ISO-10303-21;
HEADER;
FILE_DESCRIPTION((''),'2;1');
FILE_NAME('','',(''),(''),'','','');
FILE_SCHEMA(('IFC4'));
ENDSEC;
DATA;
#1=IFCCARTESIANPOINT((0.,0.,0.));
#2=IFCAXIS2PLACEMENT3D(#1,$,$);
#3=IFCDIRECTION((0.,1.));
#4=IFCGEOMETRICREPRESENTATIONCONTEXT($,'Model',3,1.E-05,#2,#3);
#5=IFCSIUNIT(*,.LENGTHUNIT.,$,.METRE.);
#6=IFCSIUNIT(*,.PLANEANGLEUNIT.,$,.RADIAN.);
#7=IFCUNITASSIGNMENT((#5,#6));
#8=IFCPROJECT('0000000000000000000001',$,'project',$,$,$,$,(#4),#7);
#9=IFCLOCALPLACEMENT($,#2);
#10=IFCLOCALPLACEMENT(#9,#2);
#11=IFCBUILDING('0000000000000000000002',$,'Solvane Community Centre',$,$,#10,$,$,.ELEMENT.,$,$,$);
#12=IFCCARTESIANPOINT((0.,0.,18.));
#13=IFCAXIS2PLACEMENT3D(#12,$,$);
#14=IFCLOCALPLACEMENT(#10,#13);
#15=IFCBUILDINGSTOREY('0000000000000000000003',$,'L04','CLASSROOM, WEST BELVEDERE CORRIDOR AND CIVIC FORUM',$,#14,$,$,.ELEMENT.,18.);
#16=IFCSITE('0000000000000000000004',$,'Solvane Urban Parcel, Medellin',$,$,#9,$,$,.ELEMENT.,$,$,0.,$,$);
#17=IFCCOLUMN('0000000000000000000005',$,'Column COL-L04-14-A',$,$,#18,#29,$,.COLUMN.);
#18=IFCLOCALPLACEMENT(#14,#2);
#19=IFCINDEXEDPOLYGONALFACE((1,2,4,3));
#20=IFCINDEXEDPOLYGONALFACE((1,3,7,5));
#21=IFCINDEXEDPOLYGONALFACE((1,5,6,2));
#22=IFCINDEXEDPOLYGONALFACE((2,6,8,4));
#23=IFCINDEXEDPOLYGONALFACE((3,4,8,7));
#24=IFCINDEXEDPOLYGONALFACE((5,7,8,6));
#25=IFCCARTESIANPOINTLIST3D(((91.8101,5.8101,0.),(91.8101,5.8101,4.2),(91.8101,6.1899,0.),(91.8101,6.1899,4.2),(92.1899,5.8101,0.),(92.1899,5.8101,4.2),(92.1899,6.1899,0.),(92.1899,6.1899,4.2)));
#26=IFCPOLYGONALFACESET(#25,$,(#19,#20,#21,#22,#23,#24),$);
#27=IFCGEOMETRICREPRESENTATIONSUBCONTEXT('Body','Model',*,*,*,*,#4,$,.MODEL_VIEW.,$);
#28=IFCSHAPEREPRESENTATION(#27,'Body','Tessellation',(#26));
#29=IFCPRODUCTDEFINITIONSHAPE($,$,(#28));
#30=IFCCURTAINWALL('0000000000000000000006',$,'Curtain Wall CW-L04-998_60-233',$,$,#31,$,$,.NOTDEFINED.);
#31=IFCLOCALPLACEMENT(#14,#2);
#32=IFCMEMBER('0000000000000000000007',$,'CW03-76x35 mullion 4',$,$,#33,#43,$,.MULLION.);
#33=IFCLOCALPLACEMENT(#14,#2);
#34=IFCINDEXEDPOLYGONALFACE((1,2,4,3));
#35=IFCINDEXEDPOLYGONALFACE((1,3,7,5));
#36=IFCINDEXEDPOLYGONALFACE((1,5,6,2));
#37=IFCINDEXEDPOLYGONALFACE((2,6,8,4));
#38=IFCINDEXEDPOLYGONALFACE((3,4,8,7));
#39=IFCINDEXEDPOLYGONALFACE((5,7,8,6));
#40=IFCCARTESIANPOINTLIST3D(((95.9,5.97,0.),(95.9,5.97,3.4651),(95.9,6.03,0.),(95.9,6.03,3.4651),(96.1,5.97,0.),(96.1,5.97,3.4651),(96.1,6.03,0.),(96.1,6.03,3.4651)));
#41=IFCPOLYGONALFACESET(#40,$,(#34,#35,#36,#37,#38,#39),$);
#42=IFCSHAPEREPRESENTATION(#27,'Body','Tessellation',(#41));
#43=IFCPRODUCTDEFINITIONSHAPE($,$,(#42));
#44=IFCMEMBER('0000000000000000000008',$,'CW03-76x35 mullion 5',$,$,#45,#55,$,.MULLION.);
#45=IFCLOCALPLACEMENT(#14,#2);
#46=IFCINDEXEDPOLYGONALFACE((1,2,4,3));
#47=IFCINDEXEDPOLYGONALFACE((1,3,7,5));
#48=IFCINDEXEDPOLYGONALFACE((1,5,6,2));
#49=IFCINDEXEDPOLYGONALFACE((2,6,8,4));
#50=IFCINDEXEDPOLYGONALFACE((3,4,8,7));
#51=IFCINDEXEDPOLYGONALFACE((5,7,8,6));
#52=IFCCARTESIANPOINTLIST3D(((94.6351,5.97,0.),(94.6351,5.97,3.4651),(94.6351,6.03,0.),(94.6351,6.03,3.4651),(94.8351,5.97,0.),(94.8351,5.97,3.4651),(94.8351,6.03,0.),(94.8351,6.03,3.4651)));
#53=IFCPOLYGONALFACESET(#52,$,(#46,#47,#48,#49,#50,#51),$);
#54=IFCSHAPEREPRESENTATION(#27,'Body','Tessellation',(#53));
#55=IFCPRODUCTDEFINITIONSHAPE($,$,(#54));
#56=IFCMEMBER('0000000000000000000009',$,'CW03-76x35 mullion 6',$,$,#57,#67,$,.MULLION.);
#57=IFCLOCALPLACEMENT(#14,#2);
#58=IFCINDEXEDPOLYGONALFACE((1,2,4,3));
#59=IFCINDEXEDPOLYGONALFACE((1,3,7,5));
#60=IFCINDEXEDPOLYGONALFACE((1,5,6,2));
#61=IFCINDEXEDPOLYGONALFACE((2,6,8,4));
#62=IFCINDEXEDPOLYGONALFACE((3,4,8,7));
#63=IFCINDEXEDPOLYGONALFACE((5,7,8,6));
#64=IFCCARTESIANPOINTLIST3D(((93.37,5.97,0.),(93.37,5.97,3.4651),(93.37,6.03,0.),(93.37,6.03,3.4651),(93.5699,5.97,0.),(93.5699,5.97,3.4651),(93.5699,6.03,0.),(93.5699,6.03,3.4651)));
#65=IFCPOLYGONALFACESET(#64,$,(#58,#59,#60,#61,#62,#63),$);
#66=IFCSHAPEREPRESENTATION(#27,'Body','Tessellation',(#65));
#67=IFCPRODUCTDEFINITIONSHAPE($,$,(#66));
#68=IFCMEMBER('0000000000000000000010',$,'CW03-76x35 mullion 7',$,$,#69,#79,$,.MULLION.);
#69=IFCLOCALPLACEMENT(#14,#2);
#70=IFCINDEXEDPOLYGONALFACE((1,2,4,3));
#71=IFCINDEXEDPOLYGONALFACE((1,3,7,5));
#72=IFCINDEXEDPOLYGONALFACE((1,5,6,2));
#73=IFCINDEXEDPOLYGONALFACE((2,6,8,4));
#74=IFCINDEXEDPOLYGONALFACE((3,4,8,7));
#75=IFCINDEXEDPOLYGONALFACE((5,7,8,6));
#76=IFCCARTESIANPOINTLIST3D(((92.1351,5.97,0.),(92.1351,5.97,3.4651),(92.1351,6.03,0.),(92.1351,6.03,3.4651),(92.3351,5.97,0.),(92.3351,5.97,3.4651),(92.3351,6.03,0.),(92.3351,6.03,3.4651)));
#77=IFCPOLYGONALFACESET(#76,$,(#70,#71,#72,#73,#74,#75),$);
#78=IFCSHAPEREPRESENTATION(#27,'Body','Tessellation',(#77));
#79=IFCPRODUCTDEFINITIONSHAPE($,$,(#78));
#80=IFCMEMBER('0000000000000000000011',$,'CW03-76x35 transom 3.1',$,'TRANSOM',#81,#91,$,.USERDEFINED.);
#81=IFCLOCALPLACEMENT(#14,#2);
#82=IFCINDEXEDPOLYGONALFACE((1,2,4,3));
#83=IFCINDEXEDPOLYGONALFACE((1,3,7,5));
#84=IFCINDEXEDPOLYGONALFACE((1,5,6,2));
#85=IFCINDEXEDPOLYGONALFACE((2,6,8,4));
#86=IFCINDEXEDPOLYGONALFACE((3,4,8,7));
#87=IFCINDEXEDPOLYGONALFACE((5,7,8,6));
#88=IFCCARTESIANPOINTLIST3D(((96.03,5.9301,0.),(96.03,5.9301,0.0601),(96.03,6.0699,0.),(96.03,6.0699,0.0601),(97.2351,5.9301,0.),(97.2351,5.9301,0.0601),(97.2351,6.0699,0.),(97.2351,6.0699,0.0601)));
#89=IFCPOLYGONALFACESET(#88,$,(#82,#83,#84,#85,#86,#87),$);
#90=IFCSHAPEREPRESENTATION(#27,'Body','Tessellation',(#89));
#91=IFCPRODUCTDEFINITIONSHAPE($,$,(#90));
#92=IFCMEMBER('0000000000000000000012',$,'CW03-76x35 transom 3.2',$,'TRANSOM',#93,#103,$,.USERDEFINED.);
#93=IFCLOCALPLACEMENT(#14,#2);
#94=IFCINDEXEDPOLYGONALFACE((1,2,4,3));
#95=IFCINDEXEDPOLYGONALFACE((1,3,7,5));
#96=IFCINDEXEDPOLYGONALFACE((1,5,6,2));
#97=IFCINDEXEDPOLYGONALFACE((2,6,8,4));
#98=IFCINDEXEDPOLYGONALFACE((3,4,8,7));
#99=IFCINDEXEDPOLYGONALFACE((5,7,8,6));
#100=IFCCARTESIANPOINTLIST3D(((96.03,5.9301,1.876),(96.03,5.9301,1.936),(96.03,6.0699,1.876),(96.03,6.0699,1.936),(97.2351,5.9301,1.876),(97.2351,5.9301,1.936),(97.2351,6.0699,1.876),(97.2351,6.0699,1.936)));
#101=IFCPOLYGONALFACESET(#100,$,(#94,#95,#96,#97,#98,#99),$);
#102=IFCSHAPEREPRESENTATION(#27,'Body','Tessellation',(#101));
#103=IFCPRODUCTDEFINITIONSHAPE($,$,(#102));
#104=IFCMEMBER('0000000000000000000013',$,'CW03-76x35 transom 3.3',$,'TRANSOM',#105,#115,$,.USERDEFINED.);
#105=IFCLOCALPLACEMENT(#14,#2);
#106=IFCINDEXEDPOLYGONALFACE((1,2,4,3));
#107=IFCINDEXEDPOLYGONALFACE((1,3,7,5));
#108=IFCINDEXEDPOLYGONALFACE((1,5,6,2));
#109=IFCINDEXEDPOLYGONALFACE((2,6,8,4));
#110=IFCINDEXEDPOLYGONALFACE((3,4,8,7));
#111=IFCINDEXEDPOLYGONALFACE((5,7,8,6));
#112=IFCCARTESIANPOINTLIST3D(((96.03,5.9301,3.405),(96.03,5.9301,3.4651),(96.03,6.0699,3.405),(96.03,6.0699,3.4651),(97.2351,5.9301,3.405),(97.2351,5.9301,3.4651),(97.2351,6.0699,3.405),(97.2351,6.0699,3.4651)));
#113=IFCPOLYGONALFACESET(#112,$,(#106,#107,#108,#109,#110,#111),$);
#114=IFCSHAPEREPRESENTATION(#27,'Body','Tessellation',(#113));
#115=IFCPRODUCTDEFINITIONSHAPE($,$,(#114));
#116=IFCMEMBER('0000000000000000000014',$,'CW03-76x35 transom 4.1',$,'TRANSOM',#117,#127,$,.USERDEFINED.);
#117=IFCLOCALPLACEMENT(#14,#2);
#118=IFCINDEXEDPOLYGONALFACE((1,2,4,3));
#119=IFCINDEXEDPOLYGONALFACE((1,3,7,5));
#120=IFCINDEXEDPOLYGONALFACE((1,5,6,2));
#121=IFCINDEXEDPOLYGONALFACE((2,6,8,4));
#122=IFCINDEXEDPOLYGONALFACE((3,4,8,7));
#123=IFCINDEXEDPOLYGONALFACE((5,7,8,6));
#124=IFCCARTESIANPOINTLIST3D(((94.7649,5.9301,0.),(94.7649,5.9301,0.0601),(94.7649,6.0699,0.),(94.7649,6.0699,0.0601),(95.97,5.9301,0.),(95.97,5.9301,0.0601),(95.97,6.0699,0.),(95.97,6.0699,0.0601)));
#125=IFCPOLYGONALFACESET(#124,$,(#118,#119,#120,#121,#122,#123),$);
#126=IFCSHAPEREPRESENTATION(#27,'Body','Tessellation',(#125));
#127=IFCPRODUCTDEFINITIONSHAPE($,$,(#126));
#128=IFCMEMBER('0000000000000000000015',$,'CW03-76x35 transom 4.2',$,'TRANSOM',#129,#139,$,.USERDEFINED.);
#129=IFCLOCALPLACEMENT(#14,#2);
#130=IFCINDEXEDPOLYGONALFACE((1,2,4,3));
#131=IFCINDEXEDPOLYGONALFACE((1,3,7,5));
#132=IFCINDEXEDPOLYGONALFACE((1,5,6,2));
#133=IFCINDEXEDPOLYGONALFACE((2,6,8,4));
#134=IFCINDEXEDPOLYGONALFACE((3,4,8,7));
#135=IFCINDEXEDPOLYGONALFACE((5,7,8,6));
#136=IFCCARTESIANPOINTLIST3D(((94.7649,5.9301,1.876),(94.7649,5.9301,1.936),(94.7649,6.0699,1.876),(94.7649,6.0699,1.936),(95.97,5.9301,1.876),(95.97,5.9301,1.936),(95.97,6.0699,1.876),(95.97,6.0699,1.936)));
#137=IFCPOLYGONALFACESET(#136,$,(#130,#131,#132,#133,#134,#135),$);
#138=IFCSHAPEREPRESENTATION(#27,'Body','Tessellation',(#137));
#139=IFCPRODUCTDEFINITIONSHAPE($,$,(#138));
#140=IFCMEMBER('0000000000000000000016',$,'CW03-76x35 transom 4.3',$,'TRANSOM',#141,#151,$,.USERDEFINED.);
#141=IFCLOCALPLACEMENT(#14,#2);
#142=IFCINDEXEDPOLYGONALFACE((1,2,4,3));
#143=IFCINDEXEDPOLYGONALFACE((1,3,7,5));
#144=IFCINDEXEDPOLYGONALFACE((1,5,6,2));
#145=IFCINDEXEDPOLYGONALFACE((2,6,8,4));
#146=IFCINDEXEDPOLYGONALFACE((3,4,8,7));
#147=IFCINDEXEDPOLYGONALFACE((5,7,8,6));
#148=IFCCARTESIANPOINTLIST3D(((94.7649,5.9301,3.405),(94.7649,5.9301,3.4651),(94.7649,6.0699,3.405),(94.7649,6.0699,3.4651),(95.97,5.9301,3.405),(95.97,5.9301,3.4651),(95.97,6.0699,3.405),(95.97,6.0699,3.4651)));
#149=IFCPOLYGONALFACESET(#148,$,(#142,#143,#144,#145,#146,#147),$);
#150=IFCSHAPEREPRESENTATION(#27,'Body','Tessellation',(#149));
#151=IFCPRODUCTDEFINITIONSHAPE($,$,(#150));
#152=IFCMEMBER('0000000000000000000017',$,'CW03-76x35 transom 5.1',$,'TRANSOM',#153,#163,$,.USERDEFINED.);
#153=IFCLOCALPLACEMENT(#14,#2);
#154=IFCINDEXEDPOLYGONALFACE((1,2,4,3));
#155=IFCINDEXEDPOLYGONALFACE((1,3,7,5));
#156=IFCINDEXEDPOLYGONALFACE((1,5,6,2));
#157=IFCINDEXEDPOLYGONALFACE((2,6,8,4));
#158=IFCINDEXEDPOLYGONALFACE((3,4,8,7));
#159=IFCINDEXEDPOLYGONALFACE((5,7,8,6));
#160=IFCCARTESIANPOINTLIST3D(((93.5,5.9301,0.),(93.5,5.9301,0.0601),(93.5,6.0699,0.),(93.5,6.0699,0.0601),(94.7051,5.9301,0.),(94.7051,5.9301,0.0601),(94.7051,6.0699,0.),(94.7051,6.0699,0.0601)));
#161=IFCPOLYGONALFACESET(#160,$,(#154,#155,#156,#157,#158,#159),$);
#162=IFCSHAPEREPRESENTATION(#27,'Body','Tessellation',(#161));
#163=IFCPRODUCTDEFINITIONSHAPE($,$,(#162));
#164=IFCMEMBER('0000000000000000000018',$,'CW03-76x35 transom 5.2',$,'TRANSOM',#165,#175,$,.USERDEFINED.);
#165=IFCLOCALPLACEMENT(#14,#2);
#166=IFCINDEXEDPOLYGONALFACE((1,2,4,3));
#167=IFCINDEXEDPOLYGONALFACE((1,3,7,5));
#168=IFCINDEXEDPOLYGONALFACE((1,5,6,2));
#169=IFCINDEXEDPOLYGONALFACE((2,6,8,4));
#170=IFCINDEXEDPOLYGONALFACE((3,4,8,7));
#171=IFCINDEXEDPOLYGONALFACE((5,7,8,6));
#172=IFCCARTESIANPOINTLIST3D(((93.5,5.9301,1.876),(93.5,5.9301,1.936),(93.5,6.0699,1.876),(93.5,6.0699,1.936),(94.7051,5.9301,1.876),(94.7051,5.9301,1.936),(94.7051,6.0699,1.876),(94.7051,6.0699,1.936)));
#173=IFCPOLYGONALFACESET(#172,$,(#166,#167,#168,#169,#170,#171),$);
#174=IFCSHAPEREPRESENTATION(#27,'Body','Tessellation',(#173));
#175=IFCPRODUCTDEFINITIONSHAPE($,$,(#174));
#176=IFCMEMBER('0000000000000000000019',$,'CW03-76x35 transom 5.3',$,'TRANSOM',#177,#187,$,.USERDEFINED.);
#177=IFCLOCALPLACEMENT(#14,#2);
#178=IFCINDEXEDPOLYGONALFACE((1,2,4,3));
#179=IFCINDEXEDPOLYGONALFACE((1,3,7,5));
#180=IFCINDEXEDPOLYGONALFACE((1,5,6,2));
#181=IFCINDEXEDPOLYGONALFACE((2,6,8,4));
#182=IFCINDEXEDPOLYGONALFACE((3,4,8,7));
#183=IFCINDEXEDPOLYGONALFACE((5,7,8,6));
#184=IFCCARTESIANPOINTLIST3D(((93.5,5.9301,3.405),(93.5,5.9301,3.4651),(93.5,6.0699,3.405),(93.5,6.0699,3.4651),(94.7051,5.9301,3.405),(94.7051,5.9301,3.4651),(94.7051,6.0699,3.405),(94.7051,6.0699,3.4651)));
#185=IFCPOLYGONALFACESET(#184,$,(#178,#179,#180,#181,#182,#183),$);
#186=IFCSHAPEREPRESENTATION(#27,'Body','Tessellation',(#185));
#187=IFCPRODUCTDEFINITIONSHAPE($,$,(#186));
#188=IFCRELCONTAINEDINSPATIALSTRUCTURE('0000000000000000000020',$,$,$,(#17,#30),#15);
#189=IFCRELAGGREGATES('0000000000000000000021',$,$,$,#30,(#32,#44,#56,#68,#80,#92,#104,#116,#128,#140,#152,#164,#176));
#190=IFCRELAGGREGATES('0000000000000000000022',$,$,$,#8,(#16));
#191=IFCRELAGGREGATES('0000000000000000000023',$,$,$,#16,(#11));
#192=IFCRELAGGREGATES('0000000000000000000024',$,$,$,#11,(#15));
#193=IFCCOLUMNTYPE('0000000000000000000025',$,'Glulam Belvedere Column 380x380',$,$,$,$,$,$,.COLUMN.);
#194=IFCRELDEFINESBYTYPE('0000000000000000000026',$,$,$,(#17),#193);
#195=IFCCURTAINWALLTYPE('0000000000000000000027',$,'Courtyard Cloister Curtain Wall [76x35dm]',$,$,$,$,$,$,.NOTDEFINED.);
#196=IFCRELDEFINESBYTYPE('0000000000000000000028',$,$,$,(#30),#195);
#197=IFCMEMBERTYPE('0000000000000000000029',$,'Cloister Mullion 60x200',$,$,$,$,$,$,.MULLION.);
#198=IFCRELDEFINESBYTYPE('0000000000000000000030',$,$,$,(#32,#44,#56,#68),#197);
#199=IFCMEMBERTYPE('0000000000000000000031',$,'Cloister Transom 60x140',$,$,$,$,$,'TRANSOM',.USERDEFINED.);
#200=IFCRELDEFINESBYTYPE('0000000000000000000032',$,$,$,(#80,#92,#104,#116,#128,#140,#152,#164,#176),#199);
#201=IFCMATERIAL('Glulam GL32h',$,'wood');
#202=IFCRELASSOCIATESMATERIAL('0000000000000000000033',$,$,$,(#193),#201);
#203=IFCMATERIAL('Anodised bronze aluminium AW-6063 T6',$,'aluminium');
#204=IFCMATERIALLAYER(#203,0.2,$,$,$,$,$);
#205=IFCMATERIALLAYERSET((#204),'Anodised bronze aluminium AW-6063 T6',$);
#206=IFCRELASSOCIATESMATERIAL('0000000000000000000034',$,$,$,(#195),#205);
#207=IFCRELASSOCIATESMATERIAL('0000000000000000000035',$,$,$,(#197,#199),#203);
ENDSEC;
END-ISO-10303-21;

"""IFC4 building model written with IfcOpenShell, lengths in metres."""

from ifc_helpers import new_model, si_unit, direction, frame, origin, origin_2d, place, context, subcontext, project, spatial, rectangle, extrude, material, layer, layer_set, material_profile, profile_set, type_object, element, aggregate, save


model = new_model("IFC4")

# Units and contexts
model_context = context("Model", 3, precision=1e-05, world=origin(), true_north=direction((0.0, 1.0)))
body_context = subcontext(model_context, "Body", "Model", "MODEL_VIEW")
ifc_project = project(units=[si_unit("LENGTHUNIT", "METRE"), si_unit("PLANEANGLEUNIT", "RADIAN")], contexts=[model_context])

# Site, building, storey
site_placement = place(None, origin())
site = spatial("IfcSite", under=ifc_project, at=site_placement, Name="Solvane Urban Parcel, Medellin", CompositionType="ELEMENT", RefElevation=0.0)
building_placement = place(site_placement, origin())
building = spatial("IfcBuilding", under=site, at=building_placement, Name="Solvane Community Centre", CompositionType="ELEMENT")
storey_placement = place(building_placement, frame((0.0, 0.0, 18.0)))
storey = spatial("IfcBuildingStorey", under=building, at=storey_placement, Name="L04", Description="CLASSROOM, WEST BELVEDERE CORRIDOR AND CIVIC FORUM", CompositionType="ELEMENT", Elevation=18.0)

# Column
ifc_material_1 = material(Name="Glulam GL32h", Category="wood")
ifc_material_profile_1 = material_profile(ifc_material_1, rectangle(XDim=0.3799, YDim=0.3799, at=origin_2d()), Name="GL32h 380x380")
ifc_profile_set_1 = profile_set([ifc_material_profile_1], Name="Glulam GL32h")
column_type = type_object("IfcColumnType", Name="Glulam Belvedere Column 380x380", PredefinedType="COLUMN", material=ifc_profile_set_1)
column_placement = place(storey_placement, frame((92.0, 6.0, 0.0), z_axis=(0.0, 0.0, 1.0), x_axis=(1.0, 0.0, 0.0)))
element("IfcColumn", 1, at=column_placement, inside=storey, type_object=column_type, Name="Column COL-L04-14-A", PredefinedType="COLUMN", context=body_context, shape_type="SweptSolid", body=[
    extrude(rectangle(XDim=0.3799, YDim=0.3799, at=origin_2d()), origin(), (0.0, 0.0, 1.0), 4.2),
])

# Curtain wall, members
ifc_material_2 = material(Name="Anodised bronze aluminium AW-6063 T6", Category="aluminium")
ifc_layer_1 = layer(ifc_material_2, 0.2)
ifc_layer_set_1 = layer_set([ifc_layer_1], Name="Anodised bronze aluminium AW-6063 T6")
curtain_wall_type = type_object("IfcCurtainWallType", Name="Courtyard Cloister Curtain Wall [76x35dm]", PredefinedType="NOTDEFINED", material=ifc_layer_set_1)
curtain_wall_placement = place(storey_placement, origin())
curtain_wall = element("IfcCurtainWall", 2, at=curtain_wall_placement, inside=storey, type_object=curtain_wall_type, Name="Curtain Wall CW-L04-998_60-233", PredefinedType="NOTDEFINED")
ifc_material_profile_2 = material_profile(ifc_material_2, rectangle(XDim=0.0601, YDim=0.2, at=origin_2d()), Name="CW-M 60x200")
ifc_profile_set_2 = profile_set([ifc_material_profile_2], Name="Anodised bronze aluminium AW-6063 T6")
member_type_1 = type_object("IfcMemberType", Name="Cloister Mullion 60x200", PredefinedType="MULLION", material=ifc_profile_set_2)
member_1_placement = place(storey_placement, frame((96.0, 6.0, 0.0), z_axis=(0.0, 0.0, 1.0), x_axis=(0.0, -1.0, 0.0)))
member_1 = element("IfcMember", 3, at=member_1_placement, type_object=member_type_1, Name="CW03-76x35 mullion 4", PredefinedType="MULLION", context=body_context, shape_type="SweptSolid", body=[
    extrude(rectangle(XDim=0.0601, YDim=0.2, at=origin_2d()), origin(), (0.0, 0.0, 1.0), 3.4651),
])
member_2_placement = place(storey_placement, frame((94.7351, 6.0, 0.0), z_axis=(0.0, 0.0, 1.0), x_axis=(0.0, -1.0, 0.0)))
member_2 = element("IfcMember", 4, at=member_2_placement, type_object=member_type_1, Name="CW03-76x35 mullion 5", PredefinedType="MULLION", context=body_context, shape_type="SweptSolid", body=[
    extrude(rectangle(XDim=0.0601, YDim=0.2, at=origin_2d()), origin(), (0.0, 0.0, 1.0), 3.4651),
])
member_3_placement = place(storey_placement, frame((93.47, 6.0, 0.0), z_axis=(0.0, 0.0, 1.0), x_axis=(0.0, -1.0, 0.0)))
member_3 = element("IfcMember", 5, at=member_3_placement, type_object=member_type_1, Name="CW03-76x35 mullion 6", PredefinedType="MULLION", context=body_context, shape_type="SweptSolid", body=[
    extrude(rectangle(XDim=0.0601, YDim=0.2, at=origin_2d()), origin(), (0.0, 0.0, 1.0), 3.4651),
])
member_4_placement = place(storey_placement, frame((92.2351, 6.0, 0.0), z_axis=(0.0, 0.0, 1.0), x_axis=(0.0, -1.0, 0.0)))
member_4 = element("IfcMember", 6, at=member_4_placement, type_object=member_type_1, Name="CW03-76x35 mullion 7", PredefinedType="MULLION", context=body_context, shape_type="SweptSolid", body=[
    extrude(rectangle(XDim=0.0601, YDim=0.2, at=origin_2d()), origin(), (0.0, 0.0, 1.0), 3.4651),
])
ifc_material_profile_3 = material_profile(ifc_material_2, rectangle(XDim=0.1399, YDim=0.0601, at=origin_2d()), Name="CW-T 60x140")
ifc_profile_set_3 = profile_set([ifc_material_profile_3], Name="Anodised bronze aluminium AW-6063 T6")
member_type_2 = type_object("IfcMemberType", Name="Cloister Transom 60x140", ElementType="TRANSOM", PredefinedType="USERDEFINED", material=ifc_profile_set_3)
member_5_placement = place(storey_placement, frame((97.2351, 6.0, 0.03), z_axis=(-1.0, 0.0, 0.0), x_axis=(0.0, -1.0, 0.0)))
member_5 = element("IfcMember", 7, at=member_5_placement, type_object=member_type_2, Name="CW03-76x35 transom 3.1", ObjectType="TRANSOM", PredefinedType="USERDEFINED", context=body_context, shape_type="SweptSolid", body=[
    extrude(rectangle(XDim=0.1399, YDim=0.0601, at=origin_2d()), origin(), (0.0, 0.0, 1.0), 1.2051),
])
member_6_placement = place(storey_placement, frame((97.2351, 6.0, 1.906), z_axis=(-1.0, 0.0, 0.0), x_axis=(0.0, -1.0, 0.0)))
member_6 = element("IfcMember", 8, at=member_6_placement, type_object=member_type_2, Name="CW03-76x35 transom 3.2", ObjectType="TRANSOM", PredefinedType="USERDEFINED", context=body_context, shape_type="SweptSolid", body=[
    extrude(rectangle(XDim=0.1399, YDim=0.0601, at=origin_2d()), origin(), (0.0, 0.0, 1.0), 1.2051),
])
member_7_placement = place(storey_placement, frame((97.2351, 6.0, 3.4351), z_axis=(-1.0, 0.0, 0.0), x_axis=(0.0, -1.0, 0.0)))
member_7 = element("IfcMember", 9, at=member_7_placement, type_object=member_type_2, Name="CW03-76x35 transom 3.3", ObjectType="TRANSOM", PredefinedType="USERDEFINED", context=body_context, shape_type="SweptSolid", body=[
    extrude(rectangle(XDim=0.1399, YDim=0.0601, at=origin_2d()), origin(), (0.0, 0.0, 1.0), 1.2051),
])
member_8_placement = place(storey_placement, frame((95.97, 6.0, 0.03), z_axis=(-1.0, 0.0, 0.0), x_axis=(0.0, -1.0, 0.0)))
member_8 = element("IfcMember", 10, at=member_8_placement, type_object=member_type_2, Name="CW03-76x35 transom 4.1", ObjectType="TRANSOM", PredefinedType="USERDEFINED", context=body_context, shape_type="SweptSolid", body=[
    extrude(rectangle(XDim=0.1399, YDim=0.0601, at=origin_2d()), origin(), (0.0, 0.0, 1.0), 1.2051),
])
member_9_placement = place(storey_placement, frame((95.97, 6.0, 1.906), z_axis=(-1.0, 0.0, 0.0), x_axis=(0.0, -1.0, 0.0)))
member_9 = element("IfcMember", 11, at=member_9_placement, type_object=member_type_2, Name="CW03-76x35 transom 4.2", ObjectType="TRANSOM", PredefinedType="USERDEFINED", context=body_context, shape_type="SweptSolid", body=[
    extrude(rectangle(XDim=0.1399, YDim=0.0601, at=origin_2d()), origin(), (0.0, 0.0, 1.0), 1.2051),
])
member_10_placement = place(storey_placement, frame((95.97, 6.0, 3.4351), z_axis=(-1.0, 0.0, 0.0), x_axis=(0.0, -1.0, 0.0)))
member_10 = element("IfcMember", 12, at=member_10_placement, type_object=member_type_2, Name="CW03-76x35 transom 4.3", ObjectType="TRANSOM", PredefinedType="USERDEFINED", context=body_context, shape_type="SweptSolid", body=[
    extrude(rectangle(XDim=0.1399, YDim=0.0601, at=origin_2d()), origin(), (0.0, 0.0, 1.0), 1.2051),
])
member_11_placement = place(storey_placement, frame((94.7051, 6.0, 0.03), z_axis=(-1.0, 0.0, 0.0), x_axis=(0.0, -1.0, 0.0)))
member_11 = element("IfcMember", 13, at=member_11_placement, type_object=member_type_2, Name="CW03-76x35 transom 5.1", ObjectType="TRANSOM", PredefinedType="USERDEFINED", context=body_context, shape_type="SweptSolid", body=[
    extrude(rectangle(XDim=0.1399, YDim=0.0601, at=origin_2d()), origin(), (0.0, 0.0, 1.0), 1.2051),
])
member_12_placement = place(storey_placement, frame((94.7051, 6.0, 1.906), z_axis=(-1.0, 0.0, 0.0), x_axis=(0.0, -1.0, 0.0)))
member_12 = element("IfcMember", 14, at=member_12_placement, type_object=member_type_2, Name="CW03-76x35 transom 5.2", ObjectType="TRANSOM", PredefinedType="USERDEFINED", context=body_context, shape_type="SweptSolid", body=[
    extrude(rectangle(XDim=0.1399, YDim=0.0601, at=origin_2d()), origin(), (0.0, 0.0, 1.0), 1.2051),
])
member_13_placement = place(storey_placement, frame((94.7051, 6.0, 3.4351), z_axis=(-1.0, 0.0, 0.0), x_axis=(0.0, -1.0, 0.0)))
member_13 = element("IfcMember", 15, at=member_13_placement, type_object=member_type_2, Name="CW03-76x35 transom 5.3", ObjectType="TRANSOM", PredefinedType="USERDEFINED", context=body_context, shape_type="SweptSolid", body=[
    extrude(rectangle(XDim=0.1399, YDim=0.0601, at=origin_2d()), origin(), (0.0, 0.0, 1.0), 1.2051),
])

aggregate(curtain_wall, [member_1, member_2, member_3, member_4, member_5, member_6, member_7, member_8, member_9, member_10, member_11, member_12, member_13])

save(model, "model.ifc")
